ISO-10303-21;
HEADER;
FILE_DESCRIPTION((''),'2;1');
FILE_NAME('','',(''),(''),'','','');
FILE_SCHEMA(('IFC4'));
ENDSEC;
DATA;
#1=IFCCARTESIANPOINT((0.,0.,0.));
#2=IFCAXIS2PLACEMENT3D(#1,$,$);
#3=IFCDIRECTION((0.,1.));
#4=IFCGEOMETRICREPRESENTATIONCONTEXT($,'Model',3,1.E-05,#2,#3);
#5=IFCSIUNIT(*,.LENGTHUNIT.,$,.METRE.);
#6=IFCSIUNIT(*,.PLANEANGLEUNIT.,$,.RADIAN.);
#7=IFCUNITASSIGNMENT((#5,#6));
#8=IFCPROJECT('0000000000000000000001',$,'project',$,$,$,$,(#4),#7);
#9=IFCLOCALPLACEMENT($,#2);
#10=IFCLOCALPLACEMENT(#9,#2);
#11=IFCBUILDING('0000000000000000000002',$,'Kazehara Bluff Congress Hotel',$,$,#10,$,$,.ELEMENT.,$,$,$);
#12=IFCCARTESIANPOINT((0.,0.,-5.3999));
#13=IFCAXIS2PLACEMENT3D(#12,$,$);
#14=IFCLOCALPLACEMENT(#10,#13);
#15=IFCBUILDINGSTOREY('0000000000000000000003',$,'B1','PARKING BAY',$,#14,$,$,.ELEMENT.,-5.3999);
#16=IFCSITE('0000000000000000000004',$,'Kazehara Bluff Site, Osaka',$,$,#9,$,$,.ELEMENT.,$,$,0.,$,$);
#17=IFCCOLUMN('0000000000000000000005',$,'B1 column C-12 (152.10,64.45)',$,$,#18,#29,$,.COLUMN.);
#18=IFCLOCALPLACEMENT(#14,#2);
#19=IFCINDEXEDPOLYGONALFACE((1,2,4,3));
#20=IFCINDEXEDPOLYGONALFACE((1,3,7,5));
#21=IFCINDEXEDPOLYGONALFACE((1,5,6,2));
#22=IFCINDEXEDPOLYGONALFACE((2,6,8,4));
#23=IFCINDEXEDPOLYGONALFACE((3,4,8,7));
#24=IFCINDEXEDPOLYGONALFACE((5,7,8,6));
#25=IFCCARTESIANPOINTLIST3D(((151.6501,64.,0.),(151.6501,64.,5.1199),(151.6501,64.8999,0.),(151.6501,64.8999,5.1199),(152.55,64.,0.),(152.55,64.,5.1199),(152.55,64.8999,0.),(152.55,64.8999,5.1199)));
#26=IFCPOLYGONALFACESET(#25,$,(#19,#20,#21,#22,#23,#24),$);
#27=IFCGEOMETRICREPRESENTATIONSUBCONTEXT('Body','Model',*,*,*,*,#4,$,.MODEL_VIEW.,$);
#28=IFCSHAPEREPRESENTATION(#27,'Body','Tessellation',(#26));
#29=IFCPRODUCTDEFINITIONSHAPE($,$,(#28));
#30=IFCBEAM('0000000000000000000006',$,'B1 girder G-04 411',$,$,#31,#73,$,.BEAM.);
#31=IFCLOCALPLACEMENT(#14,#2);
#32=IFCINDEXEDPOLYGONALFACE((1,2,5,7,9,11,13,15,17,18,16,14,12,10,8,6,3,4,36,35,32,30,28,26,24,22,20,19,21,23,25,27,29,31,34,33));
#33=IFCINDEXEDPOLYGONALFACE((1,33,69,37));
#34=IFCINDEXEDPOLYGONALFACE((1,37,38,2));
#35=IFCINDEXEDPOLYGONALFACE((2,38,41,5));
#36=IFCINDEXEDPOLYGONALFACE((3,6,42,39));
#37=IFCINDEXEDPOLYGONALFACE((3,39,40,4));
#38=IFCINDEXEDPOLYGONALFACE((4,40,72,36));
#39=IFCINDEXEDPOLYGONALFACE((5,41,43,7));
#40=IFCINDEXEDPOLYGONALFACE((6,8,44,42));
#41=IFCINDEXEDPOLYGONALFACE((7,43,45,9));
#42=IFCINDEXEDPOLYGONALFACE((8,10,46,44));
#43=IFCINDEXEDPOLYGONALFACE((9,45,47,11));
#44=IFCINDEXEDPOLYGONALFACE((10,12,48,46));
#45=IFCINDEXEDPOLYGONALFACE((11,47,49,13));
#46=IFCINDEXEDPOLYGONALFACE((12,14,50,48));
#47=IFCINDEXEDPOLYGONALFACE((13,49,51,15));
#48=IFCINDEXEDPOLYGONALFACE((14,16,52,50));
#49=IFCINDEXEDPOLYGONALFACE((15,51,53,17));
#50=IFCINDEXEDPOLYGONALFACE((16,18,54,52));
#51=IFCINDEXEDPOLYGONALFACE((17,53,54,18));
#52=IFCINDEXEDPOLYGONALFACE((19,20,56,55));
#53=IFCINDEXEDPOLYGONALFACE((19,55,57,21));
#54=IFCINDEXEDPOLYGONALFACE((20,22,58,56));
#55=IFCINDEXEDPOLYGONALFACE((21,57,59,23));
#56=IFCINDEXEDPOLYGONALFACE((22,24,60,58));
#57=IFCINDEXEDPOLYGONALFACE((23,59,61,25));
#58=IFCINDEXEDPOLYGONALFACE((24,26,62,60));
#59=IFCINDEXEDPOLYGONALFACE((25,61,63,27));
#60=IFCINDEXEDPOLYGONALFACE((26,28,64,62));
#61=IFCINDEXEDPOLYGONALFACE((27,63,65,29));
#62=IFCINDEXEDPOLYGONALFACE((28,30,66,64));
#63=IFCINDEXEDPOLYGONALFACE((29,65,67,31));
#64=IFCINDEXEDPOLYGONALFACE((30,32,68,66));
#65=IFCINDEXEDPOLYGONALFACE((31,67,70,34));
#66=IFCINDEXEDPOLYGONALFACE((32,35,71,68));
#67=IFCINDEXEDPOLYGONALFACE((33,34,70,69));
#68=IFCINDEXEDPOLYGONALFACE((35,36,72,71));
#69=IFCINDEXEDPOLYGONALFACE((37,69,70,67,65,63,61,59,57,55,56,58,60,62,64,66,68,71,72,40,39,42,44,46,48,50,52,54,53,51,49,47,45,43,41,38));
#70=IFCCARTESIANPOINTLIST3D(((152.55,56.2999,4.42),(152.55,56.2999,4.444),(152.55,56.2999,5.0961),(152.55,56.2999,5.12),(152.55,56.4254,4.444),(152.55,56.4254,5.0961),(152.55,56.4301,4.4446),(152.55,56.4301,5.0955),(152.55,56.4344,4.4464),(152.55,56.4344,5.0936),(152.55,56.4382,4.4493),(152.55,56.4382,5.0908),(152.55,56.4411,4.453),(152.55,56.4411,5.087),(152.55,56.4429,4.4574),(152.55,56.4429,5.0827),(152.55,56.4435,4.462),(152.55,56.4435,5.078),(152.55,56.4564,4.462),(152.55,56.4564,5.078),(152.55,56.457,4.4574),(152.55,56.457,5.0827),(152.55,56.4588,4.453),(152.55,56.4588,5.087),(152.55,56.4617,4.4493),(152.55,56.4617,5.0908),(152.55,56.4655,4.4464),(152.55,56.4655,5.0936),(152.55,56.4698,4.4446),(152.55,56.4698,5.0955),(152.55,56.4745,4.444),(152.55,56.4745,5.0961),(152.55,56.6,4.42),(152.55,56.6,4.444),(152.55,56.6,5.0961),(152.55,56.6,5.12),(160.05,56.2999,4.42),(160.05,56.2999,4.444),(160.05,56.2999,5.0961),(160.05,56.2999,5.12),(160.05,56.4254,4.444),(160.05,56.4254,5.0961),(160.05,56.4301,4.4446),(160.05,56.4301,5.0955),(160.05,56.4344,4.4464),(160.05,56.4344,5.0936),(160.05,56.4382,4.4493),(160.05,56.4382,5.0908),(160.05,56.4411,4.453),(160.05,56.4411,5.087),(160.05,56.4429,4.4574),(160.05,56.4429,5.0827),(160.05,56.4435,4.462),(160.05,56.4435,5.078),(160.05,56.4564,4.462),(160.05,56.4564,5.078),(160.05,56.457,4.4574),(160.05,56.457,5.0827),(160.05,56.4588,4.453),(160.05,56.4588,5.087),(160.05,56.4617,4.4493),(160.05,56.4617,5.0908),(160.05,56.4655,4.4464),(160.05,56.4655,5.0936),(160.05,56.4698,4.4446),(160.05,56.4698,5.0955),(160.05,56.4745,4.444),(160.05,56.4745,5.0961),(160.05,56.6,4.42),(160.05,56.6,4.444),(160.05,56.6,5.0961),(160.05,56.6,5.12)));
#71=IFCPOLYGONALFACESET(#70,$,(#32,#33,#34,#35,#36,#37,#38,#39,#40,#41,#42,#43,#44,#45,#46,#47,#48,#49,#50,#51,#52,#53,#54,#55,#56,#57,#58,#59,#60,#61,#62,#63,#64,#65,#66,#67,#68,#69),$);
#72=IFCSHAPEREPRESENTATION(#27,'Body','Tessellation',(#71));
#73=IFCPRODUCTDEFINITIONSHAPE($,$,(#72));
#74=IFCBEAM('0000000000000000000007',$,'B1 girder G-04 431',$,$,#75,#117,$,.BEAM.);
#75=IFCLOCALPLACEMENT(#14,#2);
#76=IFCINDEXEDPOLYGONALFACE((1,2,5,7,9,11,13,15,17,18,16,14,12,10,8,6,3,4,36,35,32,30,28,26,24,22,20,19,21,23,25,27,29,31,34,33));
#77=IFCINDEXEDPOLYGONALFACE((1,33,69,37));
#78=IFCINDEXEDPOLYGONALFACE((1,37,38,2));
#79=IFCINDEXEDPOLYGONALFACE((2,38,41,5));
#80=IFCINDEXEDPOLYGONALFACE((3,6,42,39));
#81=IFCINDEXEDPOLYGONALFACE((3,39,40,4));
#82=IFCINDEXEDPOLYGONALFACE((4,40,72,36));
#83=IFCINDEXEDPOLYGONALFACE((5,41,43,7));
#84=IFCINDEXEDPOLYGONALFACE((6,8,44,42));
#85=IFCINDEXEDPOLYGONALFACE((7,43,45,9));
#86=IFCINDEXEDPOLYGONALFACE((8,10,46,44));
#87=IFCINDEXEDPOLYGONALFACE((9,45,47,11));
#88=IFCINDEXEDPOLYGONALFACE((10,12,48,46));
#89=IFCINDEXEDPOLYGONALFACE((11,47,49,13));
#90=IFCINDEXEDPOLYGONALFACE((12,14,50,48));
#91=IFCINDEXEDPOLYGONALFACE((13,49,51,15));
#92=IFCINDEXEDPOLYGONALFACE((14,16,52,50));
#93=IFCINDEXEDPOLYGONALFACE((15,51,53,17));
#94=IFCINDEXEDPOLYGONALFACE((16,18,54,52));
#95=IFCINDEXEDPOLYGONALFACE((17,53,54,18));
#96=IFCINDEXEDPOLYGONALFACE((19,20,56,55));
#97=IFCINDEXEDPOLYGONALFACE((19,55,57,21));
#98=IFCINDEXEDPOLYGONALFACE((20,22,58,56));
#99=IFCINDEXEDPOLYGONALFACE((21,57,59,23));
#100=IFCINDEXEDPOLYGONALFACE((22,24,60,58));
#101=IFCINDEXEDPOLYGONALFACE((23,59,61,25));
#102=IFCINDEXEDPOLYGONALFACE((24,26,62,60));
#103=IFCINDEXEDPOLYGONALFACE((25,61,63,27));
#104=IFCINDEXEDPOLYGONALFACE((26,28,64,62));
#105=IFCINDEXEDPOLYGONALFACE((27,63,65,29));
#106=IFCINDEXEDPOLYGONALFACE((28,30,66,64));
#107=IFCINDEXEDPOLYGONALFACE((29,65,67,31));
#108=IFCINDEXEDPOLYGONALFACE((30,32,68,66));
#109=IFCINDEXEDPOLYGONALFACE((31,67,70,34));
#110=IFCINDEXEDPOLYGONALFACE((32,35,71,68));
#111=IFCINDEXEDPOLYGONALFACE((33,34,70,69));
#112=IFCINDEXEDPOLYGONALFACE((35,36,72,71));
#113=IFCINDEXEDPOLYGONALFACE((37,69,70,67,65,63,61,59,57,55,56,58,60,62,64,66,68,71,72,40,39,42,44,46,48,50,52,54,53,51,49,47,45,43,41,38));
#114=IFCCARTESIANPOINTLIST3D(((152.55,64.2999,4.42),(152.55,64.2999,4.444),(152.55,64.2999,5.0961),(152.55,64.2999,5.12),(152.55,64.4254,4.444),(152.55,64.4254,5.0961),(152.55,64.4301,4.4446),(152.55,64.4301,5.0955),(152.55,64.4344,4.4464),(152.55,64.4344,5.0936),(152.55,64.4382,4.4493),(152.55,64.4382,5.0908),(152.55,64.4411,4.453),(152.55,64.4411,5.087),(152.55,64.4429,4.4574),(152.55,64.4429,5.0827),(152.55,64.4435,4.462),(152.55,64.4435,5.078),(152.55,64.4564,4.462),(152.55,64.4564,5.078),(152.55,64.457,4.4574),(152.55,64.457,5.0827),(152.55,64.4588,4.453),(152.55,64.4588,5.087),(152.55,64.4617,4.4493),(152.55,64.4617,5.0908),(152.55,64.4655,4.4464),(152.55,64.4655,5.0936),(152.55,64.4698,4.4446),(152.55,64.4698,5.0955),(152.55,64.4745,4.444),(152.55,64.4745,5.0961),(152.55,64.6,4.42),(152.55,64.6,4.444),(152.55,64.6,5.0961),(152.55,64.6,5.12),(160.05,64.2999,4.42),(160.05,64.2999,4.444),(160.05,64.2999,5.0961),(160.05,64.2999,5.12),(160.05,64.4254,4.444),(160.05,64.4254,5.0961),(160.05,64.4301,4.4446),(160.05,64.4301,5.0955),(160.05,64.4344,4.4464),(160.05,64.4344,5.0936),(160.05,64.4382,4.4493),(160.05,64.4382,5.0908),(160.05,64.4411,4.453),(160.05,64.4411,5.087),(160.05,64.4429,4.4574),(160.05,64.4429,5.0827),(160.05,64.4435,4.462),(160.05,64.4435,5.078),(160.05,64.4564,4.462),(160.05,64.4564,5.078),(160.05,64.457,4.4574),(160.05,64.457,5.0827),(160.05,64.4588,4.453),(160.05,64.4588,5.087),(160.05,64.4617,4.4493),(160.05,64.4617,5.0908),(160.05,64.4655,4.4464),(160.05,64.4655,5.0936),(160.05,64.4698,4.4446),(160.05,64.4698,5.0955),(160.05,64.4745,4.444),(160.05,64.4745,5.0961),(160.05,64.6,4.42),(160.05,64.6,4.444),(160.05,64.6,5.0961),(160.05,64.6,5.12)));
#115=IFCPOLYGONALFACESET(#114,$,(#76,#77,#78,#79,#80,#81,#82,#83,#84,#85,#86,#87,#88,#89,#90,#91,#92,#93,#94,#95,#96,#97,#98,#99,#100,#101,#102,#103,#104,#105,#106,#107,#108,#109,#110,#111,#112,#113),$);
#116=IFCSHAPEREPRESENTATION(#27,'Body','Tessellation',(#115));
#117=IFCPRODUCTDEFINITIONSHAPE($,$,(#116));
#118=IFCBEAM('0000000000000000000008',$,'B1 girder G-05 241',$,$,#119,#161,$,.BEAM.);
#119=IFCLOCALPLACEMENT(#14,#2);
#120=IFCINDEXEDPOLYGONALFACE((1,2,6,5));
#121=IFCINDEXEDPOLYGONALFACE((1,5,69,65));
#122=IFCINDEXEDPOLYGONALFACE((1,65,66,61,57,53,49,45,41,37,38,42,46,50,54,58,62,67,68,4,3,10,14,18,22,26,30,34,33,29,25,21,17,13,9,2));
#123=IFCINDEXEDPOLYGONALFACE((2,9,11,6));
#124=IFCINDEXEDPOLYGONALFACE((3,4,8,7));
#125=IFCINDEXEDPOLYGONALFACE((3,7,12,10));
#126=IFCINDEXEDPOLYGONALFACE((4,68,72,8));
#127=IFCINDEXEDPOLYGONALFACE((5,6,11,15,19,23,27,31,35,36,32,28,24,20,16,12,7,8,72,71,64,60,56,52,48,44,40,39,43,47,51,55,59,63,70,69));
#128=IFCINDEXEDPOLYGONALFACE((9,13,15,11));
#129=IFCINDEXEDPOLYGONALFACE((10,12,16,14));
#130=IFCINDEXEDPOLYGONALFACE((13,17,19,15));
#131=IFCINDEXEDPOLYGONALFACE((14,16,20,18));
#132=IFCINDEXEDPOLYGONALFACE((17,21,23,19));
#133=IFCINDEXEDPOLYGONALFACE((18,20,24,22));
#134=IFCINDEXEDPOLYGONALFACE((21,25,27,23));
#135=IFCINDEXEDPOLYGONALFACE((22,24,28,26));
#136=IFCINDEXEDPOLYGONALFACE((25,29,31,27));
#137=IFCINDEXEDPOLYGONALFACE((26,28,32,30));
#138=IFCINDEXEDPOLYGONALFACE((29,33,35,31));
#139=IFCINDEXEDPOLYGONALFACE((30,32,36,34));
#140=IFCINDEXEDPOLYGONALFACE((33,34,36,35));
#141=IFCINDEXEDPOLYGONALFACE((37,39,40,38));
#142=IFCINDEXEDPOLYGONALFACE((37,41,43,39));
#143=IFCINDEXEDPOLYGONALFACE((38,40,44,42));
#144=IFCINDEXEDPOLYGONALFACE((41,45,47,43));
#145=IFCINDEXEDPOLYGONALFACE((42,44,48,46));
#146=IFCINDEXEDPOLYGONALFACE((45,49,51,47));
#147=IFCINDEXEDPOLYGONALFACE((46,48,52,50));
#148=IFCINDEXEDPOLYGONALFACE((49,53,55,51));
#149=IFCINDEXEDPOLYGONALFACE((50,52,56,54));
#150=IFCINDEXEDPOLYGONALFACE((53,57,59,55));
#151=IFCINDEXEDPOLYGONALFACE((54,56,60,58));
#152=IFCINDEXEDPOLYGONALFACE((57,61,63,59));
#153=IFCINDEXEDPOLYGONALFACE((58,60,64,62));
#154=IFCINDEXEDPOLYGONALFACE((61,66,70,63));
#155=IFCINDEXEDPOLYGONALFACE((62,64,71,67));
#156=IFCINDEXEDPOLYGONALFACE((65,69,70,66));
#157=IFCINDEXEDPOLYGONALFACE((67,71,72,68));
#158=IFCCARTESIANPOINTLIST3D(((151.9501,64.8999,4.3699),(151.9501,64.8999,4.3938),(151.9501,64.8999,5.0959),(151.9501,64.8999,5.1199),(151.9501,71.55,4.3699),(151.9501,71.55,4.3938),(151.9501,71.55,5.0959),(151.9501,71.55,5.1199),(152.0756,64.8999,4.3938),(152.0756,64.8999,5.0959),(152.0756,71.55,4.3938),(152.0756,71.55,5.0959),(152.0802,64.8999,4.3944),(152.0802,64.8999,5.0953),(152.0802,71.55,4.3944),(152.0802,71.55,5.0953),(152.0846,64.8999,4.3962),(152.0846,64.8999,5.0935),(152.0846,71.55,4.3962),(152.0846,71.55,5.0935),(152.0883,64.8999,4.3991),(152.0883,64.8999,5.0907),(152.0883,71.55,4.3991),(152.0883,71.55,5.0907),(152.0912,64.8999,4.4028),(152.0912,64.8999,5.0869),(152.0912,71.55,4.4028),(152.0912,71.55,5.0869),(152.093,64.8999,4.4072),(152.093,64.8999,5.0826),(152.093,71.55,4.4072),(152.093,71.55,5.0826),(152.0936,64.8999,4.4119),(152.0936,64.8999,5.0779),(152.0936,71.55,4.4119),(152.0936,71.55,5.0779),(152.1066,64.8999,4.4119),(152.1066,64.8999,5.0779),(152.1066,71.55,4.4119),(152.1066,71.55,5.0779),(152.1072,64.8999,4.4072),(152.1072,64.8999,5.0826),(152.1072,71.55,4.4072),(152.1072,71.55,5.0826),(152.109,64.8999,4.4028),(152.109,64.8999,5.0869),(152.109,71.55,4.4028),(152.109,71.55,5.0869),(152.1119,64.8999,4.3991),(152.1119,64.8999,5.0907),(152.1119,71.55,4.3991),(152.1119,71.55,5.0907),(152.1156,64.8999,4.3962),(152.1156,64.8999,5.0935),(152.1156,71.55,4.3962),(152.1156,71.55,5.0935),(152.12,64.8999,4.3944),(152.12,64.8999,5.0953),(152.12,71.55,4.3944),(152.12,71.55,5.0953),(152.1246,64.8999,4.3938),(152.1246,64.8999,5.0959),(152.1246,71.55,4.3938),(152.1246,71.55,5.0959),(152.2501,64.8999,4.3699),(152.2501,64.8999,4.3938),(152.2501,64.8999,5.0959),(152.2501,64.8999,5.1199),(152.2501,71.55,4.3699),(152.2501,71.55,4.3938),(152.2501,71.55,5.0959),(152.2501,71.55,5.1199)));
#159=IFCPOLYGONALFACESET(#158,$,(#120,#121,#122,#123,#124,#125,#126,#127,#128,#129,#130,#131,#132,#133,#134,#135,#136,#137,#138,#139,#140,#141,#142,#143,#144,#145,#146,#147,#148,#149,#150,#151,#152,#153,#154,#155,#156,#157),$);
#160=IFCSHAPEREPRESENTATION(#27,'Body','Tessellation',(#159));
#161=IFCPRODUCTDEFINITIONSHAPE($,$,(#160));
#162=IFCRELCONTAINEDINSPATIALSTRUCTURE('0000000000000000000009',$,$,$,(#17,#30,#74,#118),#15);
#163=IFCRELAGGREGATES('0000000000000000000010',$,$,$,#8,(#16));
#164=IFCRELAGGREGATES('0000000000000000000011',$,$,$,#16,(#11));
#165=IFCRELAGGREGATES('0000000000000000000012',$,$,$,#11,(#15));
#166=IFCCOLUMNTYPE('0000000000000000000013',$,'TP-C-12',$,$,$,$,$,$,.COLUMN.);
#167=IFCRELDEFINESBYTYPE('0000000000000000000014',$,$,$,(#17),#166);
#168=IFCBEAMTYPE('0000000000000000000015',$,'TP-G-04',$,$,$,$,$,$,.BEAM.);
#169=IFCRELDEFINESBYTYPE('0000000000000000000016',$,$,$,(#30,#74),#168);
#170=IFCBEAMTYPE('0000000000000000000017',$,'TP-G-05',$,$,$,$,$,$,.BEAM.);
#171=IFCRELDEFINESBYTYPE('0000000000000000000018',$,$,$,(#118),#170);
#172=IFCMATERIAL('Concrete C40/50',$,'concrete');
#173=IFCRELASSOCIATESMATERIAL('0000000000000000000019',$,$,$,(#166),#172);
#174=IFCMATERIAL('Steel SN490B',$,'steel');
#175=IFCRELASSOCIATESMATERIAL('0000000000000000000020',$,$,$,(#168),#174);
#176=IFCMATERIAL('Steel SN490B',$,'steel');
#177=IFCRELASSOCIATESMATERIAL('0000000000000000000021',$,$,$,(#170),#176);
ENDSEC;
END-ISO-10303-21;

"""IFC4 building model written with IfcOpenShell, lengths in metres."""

from ifc_helpers import new_model, si_unit, direction, frame, origin, origin_2d, place, context, subcontext, project, spatial, rectangle, i_section, extrude, material, material_profile, profile_set, type_object, element, save


model = new_model("IFC4")

# Units and contexts
model_context = context("Model", 3, precision=1e-05, world=origin(), true_north=direction((0.0, 1.0)))
body_context = subcontext(model_context, "Body", "Model", "MODEL_VIEW")
ifc_project = project(units=[si_unit("LENGTHUNIT", "METRE"), si_unit("PLANEANGLEUNIT", "RADIAN")], contexts=[model_context])

# Site, building, storey
site_placement = place(None, origin())
site = spatial("IfcSite", under=ifc_project, at=site_placement, Name="Kazehara Bluff Site, Osaka", CompositionType="ELEMENT", RefElevation=0.0)
building_placement = place(site_placement, origin())
building = spatial("IfcBuilding", under=site, at=building_placement, Name="Kazehara Bluff Congress Hotel", CompositionType="ELEMENT")
storey_placement = place(building_placement, frame((0.0, 0.0, -5.3999)))
storey = spatial("IfcBuildingStorey", under=building, at=storey_placement, Name="B1", Description="PARKING BAY", CompositionType="ELEMENT", Elevation=-5.3999)

# Column
ifc_material_1 = material(Name="Concrete C40/50", Category="concrete")
ifc_material_profile_1 = material_profile(ifc_material_1, rectangle(XDim=0.8999, YDim=0.8999, at=origin_2d()))
ifc_profile_set_1 = profile_set([ifc_material_profile_1], Name="Concrete C40/50")
column_type_1 = type_object("IfcColumnType", Name="TP-C-12", PredefinedType="COLUMN", material=ifc_profile_set_1)
column_placement = place(storey_placement, frame((152.1001, 64.45, 0.0), z_axis=(0.0, 0.0, 1.0), x_axis=(1.0, 0.0, 0.0)))
element("IfcColumn", 1, at=column_placement, inside=storey, type_object=column_type_1, Name="B1 column C-12 (152.10,64.45)", PredefinedType="COLUMN", context=body_context, shape_type="SweptSolid", body=[
    extrude(rectangle(XDim=0.8999, YDim=0.8999, at=origin_2d()), origin(), (0.0, 0.0, 1.0), 5.1199),
])

# Beams
ifc_material_2 = material(Name="Steel SN490B", Category="steel")
ifc_material_profile_2 = material_profile(ifc_material_2, i_section(OverallWidth=0.3, OverallDepth=0.7, WebThickness=0.0129, FlangeThickness=0.0239, FilletRadius=0.0181, at=origin_2d()))
ifc_profile_set_2 = profile_set([ifc_material_profile_2], Name="Steel SN490B")
beam_type_1 = type_object("IfcBeamType", Name="TP-G-04", PredefinedType="BEAM", material=ifc_profile_set_2)
for number, where, z_axis, x_axis, name in (
    (2, (152.55, 56.45, 4.77), (1.0, 0.0, 0.0), (0.0, 1.0, 0.0), "B1 girder G-04 411"),
    (3, (152.55, 64.45, 4.77), (1.0, 0.0, 0.0), (0.0, 1.0, 0.0), "B1 girder G-04 431"),
):
    element("IfcBeam", number, at=place(storey_placement, frame(where, z_axis=z_axis, x_axis=x_axis)), inside=storey, type_object=beam_type_1, Name=name, PredefinedType="BEAM", context=body_context, shape_type="SweptSolid", body=[
        extrude(i_section(OverallWidth=0.3, OverallDepth=0.7, WebThickness=0.0129, FlangeThickness=0.0239, FilletRadius=0.0181, at=origin_2d()), origin(), (0.0, 0.0, 1.0), 7.5),
    ])
ifc_material_3 = material(Name="Steel SN490B", Category="steel")
ifc_material_profile_3 = material_profile(ifc_material_3, i_section(OverallWidth=0.3, OverallDepth=0.75, WebThickness=0.0129, FlangeThickness=0.0239, FilletRadius=0.0181, at=origin_2d()))
ifc_profile_set_3 = profile_set([ifc_material_profile_3], Name="Steel SN490B")
beam_type_2 = type_object("IfcBeamType", Name="TP-G-05", PredefinedType="BEAM", material=ifc_profile_set_3)
beam_1_placement = place(storey_placement, frame((152.1001, 64.8999, 4.7449), z_axis=(0.0, 1.0, 0.0), x_axis=(-1.0, 0.0, 0.0)))
element("IfcBeam", 4, at=beam_1_placement, inside=storey, type_object=beam_type_2, Name="B1 girder G-05 241", PredefinedType="BEAM", context=body_context, shape_type="SweptSolid", body=[
    extrude(i_section(OverallWidth=0.3, OverallDepth=0.75, WebThickness=0.0129, FlangeThickness=0.0239, FilletRadius=0.0181, at=origin_2d()), origin(), (0.0, 0.0, 1.0), 6.6501),
])

save(model, "model.ifc")
